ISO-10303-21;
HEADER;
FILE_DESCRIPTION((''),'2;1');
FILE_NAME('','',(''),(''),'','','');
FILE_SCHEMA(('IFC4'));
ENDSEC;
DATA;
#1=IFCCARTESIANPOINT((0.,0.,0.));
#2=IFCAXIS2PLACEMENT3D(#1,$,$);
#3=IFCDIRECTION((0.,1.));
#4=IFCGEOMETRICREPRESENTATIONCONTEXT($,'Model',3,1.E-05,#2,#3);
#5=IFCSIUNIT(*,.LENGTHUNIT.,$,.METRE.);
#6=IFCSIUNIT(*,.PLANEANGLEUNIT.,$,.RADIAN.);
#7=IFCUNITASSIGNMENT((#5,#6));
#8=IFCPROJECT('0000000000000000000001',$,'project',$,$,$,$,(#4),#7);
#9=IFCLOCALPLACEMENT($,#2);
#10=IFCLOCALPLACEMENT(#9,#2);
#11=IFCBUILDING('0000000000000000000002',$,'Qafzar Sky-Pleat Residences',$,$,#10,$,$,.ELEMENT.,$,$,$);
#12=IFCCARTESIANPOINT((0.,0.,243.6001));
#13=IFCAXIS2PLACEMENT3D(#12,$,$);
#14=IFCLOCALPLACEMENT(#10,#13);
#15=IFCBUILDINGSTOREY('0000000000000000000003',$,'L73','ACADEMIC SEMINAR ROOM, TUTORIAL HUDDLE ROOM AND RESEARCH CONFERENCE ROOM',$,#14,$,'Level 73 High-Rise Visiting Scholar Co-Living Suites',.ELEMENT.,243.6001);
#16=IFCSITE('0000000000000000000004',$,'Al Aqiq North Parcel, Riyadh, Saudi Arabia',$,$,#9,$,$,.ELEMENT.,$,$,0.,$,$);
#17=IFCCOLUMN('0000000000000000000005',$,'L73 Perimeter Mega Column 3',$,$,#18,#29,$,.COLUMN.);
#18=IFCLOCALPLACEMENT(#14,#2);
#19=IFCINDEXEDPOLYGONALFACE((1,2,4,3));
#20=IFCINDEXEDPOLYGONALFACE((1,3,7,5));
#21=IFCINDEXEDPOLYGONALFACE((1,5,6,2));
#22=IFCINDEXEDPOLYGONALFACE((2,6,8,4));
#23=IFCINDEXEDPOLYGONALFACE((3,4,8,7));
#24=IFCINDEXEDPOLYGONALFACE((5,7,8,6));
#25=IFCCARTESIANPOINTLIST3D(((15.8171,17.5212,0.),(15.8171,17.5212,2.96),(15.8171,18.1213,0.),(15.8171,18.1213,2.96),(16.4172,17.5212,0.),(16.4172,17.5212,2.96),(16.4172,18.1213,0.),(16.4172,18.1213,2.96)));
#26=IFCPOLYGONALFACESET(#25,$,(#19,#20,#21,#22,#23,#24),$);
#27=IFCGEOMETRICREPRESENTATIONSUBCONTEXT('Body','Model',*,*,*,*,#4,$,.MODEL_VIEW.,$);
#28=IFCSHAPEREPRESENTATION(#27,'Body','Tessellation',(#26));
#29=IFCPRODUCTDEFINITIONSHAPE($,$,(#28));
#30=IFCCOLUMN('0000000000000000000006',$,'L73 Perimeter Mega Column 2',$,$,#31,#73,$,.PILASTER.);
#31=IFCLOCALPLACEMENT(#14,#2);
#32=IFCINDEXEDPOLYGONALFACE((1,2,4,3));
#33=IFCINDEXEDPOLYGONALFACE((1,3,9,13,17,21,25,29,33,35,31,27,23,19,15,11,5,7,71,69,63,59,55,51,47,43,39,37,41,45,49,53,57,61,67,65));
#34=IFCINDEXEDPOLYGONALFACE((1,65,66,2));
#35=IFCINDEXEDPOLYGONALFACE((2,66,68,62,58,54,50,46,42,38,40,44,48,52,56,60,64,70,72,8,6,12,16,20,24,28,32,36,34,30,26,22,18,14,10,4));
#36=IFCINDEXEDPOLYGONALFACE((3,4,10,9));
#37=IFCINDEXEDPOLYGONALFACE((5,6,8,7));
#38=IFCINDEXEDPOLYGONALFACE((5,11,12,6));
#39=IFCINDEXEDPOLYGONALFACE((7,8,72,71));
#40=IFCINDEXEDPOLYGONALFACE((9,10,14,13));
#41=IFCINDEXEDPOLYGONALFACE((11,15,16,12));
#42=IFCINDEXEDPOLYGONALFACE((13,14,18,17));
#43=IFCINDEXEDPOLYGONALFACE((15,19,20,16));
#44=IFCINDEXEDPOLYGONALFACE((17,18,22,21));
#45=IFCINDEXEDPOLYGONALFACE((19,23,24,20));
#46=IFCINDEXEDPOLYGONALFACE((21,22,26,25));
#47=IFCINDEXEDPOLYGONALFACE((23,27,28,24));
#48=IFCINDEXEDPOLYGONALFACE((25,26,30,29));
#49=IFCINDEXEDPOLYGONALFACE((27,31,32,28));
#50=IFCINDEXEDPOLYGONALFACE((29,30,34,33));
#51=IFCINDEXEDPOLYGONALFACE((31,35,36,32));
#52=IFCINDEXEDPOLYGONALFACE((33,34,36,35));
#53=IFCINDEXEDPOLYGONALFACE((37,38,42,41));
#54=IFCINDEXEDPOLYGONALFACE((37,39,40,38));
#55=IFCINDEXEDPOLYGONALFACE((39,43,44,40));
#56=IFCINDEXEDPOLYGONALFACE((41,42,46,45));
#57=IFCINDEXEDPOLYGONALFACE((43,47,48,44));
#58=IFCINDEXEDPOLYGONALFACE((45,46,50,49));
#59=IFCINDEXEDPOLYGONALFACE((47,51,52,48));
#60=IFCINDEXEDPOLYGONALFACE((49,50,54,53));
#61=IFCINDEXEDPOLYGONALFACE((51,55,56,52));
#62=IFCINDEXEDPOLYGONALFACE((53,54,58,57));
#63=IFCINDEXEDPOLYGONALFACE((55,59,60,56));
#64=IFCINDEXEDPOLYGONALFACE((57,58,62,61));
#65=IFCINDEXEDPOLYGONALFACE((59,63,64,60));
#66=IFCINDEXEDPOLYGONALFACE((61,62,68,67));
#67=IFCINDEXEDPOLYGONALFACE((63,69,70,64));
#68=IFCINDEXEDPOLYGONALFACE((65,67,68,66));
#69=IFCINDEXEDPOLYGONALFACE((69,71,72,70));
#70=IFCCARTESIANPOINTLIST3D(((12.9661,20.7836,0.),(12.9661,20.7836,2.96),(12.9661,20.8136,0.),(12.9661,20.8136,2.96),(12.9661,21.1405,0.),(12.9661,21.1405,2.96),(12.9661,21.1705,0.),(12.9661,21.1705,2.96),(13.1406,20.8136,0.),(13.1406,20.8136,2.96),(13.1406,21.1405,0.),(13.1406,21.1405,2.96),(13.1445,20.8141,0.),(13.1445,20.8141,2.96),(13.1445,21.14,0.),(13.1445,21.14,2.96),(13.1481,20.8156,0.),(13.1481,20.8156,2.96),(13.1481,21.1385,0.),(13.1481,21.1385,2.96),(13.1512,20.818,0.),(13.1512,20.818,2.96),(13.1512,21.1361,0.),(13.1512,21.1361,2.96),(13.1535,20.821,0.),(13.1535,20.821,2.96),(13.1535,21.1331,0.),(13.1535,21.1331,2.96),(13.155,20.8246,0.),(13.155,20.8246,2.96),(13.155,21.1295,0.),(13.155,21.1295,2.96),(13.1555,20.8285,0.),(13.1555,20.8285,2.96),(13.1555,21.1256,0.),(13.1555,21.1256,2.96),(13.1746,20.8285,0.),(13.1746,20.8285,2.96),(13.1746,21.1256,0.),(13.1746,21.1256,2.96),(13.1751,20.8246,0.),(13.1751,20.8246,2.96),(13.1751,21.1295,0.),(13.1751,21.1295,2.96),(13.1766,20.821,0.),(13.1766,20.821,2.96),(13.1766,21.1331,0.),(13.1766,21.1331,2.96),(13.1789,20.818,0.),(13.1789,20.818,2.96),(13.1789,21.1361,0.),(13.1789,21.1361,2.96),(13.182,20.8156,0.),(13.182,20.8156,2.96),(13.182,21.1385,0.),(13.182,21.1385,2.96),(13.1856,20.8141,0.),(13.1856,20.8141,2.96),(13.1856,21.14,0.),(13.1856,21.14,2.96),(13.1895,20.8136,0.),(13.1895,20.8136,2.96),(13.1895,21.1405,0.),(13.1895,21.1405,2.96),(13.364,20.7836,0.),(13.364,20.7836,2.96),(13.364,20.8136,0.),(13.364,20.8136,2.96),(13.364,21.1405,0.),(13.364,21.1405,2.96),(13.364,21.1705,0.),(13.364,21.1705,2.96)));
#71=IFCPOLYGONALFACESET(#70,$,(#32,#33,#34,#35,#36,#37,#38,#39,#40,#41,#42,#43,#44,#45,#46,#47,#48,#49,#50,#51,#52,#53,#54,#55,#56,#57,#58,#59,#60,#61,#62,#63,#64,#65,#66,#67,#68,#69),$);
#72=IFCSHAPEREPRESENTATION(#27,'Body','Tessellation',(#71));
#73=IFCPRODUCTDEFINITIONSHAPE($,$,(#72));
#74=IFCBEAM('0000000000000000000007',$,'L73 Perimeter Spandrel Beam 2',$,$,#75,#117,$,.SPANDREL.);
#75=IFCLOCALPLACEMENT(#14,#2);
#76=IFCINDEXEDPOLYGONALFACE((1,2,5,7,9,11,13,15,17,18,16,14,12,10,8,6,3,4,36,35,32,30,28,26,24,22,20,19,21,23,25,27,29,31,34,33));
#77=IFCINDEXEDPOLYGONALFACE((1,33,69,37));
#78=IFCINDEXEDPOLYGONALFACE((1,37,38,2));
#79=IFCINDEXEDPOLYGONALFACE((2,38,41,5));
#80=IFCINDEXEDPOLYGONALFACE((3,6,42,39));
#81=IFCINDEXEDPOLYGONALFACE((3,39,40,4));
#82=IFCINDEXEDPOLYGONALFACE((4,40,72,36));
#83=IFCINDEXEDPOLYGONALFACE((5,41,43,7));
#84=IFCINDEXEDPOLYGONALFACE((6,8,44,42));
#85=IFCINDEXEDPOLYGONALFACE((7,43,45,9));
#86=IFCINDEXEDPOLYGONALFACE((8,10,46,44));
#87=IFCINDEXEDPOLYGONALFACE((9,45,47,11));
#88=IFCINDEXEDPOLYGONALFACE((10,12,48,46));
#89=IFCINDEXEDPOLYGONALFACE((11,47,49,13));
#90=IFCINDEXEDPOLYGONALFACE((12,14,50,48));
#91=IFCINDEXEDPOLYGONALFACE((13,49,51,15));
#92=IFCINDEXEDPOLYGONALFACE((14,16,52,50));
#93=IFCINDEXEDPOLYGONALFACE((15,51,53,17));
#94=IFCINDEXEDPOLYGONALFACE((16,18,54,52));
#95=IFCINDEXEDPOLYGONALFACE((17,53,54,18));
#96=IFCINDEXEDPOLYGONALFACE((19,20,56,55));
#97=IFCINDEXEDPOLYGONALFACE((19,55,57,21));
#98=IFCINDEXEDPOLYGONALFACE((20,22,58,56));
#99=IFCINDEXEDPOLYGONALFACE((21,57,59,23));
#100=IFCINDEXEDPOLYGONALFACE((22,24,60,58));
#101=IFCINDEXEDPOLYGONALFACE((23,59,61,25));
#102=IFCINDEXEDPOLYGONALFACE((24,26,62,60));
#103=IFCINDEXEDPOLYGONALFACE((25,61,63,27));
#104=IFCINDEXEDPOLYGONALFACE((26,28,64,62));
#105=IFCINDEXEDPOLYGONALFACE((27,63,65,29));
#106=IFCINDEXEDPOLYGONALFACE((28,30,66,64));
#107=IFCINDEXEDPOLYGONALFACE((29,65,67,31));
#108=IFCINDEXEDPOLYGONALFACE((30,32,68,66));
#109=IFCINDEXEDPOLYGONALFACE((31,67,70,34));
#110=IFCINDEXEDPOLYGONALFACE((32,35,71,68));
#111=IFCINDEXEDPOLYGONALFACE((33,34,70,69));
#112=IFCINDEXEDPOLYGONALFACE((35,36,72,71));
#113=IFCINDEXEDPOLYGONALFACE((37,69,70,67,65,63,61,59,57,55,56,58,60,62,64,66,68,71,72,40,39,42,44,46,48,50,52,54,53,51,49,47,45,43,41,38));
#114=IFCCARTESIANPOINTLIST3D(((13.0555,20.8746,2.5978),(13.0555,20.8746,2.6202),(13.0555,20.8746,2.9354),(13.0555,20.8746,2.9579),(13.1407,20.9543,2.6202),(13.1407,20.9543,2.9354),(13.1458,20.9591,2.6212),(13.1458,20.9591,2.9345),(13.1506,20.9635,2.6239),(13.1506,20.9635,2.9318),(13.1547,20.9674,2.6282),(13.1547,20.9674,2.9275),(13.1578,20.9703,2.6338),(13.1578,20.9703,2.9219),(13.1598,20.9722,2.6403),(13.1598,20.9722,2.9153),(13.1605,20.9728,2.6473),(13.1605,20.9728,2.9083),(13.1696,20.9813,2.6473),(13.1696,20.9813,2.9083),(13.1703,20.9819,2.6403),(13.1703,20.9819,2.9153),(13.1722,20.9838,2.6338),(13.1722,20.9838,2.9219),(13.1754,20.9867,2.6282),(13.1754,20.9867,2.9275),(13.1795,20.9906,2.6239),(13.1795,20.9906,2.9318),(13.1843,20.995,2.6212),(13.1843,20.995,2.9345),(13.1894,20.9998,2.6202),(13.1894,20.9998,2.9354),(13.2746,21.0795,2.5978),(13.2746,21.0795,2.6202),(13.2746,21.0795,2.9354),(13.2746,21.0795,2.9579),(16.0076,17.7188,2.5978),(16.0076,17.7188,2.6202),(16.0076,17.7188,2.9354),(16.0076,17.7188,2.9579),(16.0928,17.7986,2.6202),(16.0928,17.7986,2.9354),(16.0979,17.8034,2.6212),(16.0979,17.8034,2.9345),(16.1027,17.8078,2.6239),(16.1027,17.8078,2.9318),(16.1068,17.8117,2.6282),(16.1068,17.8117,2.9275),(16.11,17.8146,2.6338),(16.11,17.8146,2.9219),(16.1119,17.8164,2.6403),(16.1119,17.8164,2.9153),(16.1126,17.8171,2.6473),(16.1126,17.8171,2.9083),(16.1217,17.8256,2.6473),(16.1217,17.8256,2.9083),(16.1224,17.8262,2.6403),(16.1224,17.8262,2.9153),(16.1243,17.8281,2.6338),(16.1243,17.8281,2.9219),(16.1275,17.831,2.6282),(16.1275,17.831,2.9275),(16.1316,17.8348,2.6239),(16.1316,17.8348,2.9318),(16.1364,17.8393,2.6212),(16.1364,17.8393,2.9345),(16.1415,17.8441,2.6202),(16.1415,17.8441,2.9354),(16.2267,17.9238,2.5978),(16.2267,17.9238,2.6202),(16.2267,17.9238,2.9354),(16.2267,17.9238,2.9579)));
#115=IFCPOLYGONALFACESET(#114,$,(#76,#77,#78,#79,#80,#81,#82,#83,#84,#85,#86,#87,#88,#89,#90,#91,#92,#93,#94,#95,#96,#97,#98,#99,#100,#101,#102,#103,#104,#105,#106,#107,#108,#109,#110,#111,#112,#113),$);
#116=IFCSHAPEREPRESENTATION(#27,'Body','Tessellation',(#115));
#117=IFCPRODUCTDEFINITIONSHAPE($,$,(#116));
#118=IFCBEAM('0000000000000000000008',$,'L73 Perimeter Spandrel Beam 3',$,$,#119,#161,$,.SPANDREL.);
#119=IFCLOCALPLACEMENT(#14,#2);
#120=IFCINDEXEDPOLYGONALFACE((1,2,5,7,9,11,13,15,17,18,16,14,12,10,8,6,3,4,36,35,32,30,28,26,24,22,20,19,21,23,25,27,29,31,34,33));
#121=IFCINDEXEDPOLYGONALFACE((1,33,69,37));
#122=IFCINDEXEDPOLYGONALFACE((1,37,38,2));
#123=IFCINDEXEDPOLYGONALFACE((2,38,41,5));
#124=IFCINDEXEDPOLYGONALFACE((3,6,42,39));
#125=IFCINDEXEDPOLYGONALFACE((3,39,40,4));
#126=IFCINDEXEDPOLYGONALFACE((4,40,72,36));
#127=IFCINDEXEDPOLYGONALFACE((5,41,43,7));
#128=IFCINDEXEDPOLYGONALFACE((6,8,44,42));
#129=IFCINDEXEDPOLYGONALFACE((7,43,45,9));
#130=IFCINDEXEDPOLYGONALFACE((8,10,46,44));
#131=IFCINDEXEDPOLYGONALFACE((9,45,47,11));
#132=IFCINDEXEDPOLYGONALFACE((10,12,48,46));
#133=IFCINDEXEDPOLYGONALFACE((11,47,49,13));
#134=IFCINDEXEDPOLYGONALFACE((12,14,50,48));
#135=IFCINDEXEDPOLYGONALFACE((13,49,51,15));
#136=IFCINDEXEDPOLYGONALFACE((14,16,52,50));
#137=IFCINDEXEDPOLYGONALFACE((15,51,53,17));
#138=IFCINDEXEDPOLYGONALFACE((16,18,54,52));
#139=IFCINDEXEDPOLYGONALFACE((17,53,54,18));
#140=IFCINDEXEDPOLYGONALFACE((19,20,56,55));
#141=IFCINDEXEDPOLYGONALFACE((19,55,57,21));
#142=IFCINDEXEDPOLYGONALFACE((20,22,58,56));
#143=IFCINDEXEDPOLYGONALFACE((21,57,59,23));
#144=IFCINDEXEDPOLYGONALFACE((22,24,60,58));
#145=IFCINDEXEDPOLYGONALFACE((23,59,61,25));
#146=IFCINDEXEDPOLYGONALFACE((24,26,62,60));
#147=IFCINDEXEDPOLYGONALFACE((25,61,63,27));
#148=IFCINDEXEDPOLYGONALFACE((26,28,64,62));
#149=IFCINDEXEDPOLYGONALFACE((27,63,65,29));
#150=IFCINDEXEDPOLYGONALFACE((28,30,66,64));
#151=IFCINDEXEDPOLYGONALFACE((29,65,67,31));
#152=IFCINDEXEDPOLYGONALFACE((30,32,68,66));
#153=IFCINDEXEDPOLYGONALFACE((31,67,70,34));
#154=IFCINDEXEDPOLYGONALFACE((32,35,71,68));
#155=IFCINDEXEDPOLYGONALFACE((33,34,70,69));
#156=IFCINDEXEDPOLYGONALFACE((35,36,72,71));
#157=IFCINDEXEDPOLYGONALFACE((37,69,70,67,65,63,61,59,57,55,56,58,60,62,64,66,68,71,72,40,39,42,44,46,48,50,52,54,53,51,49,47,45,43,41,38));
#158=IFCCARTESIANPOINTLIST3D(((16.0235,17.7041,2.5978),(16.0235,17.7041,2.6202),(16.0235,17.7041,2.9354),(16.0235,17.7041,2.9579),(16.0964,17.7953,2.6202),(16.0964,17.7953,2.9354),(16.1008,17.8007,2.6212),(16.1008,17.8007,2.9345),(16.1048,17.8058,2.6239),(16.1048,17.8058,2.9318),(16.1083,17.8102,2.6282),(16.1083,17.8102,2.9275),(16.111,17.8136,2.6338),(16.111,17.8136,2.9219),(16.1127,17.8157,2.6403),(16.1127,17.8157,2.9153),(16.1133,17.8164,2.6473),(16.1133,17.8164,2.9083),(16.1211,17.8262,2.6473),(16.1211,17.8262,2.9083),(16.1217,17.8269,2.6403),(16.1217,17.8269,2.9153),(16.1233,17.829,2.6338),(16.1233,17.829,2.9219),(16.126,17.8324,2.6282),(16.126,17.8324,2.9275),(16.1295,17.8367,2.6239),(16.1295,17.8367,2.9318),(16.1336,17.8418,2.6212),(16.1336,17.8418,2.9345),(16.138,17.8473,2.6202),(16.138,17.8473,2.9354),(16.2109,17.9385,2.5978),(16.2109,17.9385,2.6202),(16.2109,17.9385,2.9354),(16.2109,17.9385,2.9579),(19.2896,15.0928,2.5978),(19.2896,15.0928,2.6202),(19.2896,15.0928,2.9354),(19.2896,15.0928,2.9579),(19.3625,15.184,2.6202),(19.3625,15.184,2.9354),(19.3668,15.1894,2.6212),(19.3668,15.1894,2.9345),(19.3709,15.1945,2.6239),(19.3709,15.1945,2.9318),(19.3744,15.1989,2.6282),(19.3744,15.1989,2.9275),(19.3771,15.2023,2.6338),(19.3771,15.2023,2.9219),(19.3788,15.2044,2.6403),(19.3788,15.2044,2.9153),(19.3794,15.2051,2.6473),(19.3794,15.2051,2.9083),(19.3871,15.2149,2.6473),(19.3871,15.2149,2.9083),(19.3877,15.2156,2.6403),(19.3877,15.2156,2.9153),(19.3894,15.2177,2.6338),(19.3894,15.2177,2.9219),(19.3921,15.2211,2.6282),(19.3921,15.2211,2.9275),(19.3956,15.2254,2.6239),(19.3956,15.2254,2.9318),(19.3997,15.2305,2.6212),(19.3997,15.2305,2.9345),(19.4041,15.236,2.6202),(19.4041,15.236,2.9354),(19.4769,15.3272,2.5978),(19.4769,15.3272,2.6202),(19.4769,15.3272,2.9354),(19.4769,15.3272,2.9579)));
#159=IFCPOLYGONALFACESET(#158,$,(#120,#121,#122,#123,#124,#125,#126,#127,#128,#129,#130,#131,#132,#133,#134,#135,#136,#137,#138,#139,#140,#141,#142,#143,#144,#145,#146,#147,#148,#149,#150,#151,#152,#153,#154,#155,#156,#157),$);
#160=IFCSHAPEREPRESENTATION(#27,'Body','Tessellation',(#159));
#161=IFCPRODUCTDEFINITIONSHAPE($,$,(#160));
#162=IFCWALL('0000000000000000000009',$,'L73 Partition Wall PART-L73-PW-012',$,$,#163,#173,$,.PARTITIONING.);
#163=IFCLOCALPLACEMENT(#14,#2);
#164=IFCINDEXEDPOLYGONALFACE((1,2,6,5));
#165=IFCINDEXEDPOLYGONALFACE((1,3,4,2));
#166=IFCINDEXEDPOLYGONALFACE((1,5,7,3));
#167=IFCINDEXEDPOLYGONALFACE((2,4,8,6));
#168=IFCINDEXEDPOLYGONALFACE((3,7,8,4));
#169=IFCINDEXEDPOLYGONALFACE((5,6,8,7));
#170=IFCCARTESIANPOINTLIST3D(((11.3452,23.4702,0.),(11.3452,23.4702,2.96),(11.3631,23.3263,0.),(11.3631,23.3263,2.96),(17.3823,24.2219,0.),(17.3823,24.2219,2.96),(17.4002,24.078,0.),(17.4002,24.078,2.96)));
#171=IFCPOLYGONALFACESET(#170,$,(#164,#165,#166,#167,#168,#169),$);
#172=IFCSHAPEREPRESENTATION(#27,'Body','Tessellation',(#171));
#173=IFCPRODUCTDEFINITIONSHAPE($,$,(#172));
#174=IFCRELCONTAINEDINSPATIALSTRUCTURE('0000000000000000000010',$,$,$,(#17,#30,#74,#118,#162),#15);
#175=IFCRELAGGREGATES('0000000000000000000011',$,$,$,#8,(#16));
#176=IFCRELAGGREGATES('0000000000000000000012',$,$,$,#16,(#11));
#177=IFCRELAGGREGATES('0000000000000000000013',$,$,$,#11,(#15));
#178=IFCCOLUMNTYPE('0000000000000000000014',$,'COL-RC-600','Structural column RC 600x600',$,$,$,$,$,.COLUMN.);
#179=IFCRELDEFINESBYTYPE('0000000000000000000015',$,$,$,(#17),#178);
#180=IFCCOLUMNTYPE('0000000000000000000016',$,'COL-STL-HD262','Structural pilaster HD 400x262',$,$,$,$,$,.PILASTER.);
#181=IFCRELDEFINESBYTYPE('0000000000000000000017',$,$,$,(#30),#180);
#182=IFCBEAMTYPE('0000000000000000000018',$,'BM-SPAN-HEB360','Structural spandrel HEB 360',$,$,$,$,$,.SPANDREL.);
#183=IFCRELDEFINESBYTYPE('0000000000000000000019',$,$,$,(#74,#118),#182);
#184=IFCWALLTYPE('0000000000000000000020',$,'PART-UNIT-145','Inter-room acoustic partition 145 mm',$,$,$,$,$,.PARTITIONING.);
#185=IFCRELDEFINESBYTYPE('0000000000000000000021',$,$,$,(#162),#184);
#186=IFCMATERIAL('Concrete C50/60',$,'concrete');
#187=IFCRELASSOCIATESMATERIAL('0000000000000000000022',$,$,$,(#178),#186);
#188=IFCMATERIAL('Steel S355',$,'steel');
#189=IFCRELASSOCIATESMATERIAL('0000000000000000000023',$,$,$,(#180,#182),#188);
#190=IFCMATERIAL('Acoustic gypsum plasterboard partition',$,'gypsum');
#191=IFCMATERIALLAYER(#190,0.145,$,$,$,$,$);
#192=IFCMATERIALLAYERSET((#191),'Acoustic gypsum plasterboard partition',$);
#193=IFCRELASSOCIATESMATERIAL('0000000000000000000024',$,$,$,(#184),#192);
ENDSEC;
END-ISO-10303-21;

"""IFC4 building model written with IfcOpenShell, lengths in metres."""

from ifc_helpers import new_model, si_unit, direction, frame, frame_2d, origin, origin_2d, place, context, subcontext, project, spatial, rectangle, i_section, extrude, source, transform, mapped, material, layer, layer_set, material_profile, profile_set, type_object, element, save


model = new_model("IFC4")

# Units and contexts
model_context = context("Model", 3, precision=1e-05, world=origin(), true_north=direction((0.0, 1.0)))
body_context = subcontext(model_context, "Body", "Model", "MODEL_VIEW")
ifc_project = project(units=[si_unit("LENGTHUNIT", "METRE"), si_unit("PLANEANGLEUNIT", "RADIAN")], contexts=[model_context])

# Site, building, storey
site_placement = place(None, origin())
site = spatial("IfcSite", under=ifc_project, at=site_placement, Name="Al Aqiq North Parcel, Riyadh, Saudi Arabia", CompositionType="ELEMENT", RefElevation=0.0)
building_placement = place(site_placement, origin())
building = spatial("IfcBuilding", under=site, at=building_placement, Name="Qafzar Sky-Pleat Residences", CompositionType="ELEMENT")
storey_placement = place(building_placement, frame((0.0, 0.0, 243.6001)))
storey = spatial("IfcBuildingStorey", under=building, at=storey_placement, Name="L73", Description="ACADEMIC SEMINAR ROOM, TUTORIAL HUDDLE ROOM AND RESEARCH CONFERENCE ROOM", LongName="Level 73 High-Rise Visiting Scholar Co-Living Suites", CompositionType="ELEMENT", Elevation=243.6001)

# Columns
ifc_material_1 = material(Name="Concrete C50/60", Category="concrete")
ifc_material_profile_1 = material_profile(ifc_material_1, rectangle(XDim=0.6001, YDim=0.6001, at=origin_2d()), Name="RC 600x600")
ifc_profile_set_1 = profile_set([ifc_material_profile_1], Name="Concrete C50/60")
column_type_1 = type_object("IfcColumnType", Name="COL-RC-600", Description="Structural column RC 600x600", PredefinedType="COLUMN", material=ifc_profile_set_1)
shared_shape_1 = source(origin(), body_context, "Body", "SweptSolid", [
    extrude(rectangle(XDim=0.6001, YDim=0.6001, at=origin_2d()), origin(), (0.0, 0.0, 1.0), 2.96),
])
column_1_placement = place(storey_placement, frame((16.1172, 17.8213, 0.0), z_axis=(0.0, 0.0, 1.0), x_axis=(1.0, 0.0, 0.0)))
element("IfcColumn", 1, at=column_1_placement, inside=storey, type_object=column_type_1, Name="L73 Perimeter Mega Column 3", PredefinedType="COLUMN", context=body_context, shape_type="MappedRepresentation", body=[
    mapped(shared_shape_1, transform((0.0, 0.0, 0.0), x_axis=(1.0, 0.0, 0.0), y_axis=(0.0, 1.0, 0.0), z_axis=(0.0, 0.0, 1.0), scale=1.0)),
])
ifc_material_2 = material(Name="Steel S355", Category="steel")
ifc_material_profile_2 = material_profile(ifc_material_2, i_section(OverallWidth=0.3979, OverallDepth=0.387, WebThickness=0.019, FlangeThickness=0.03, FilletRadius=0.0149, at=origin_2d()), Name="HD 400x262")
ifc_profile_set_2 = profile_set([ifc_material_profile_2], Name="Steel S355")
column_type_2 = type_object("IfcColumnType", Name="COL-STL-HD262", Description="Structural pilaster HD 400x262", PredefinedType="PILASTER", material=ifc_profile_set_2)
shared_shape_2 = source(origin(), body_context, "Body", "SweptSolid", [
    extrude(i_section(OverallWidth=0.3979, OverallDepth=0.387, WebThickness=0.019, FlangeThickness=0.03, FilletRadius=0.0149, at=origin_2d()), origin(), (0.0, 0.0, 1.0), 2.96),
])
column_2_placement = place(storey_placement, frame((13.165, 20.9771, 0.0), z_axis=(0.0, 0.0, 1.0), x_axis=(1.0, 0.0, 0.0)))
element("IfcColumn", 2, at=column_2_placement, inside=storey, type_object=column_type_2, Name="L73 Perimeter Mega Column 2", PredefinedType="PILASTER", context=body_context, shape_type="MappedRepresentation", body=[
    mapped(shared_shape_2, transform((0.0, 0.0, 0.0), x_axis=(1.0, 0.0, 0.0), y_axis=(0.0, 1.0, 0.0), z_axis=(0.0, 0.0, 1.0), scale=1.0)),
])

# Beams
ifc_material_profile_3 = material_profile(ifc_material_2, i_section(OverallWidth=0.3, OverallDepth=0.3601, WebThickness=0.0125, FlangeThickness=0.0225, FilletRadius=0.0271, at=origin_2d()), Name="HEB 360")
ifc_profile_set_3 = profile_set([ifc_material_profile_3], Name="Steel S355")
beam_type = type_object("IfcBeamType", Name="BM-SPAN-HEB360", Description="Structural spandrel HEB 360", PredefinedType="SPANDREL", material=ifc_profile_set_3)
shared_shape_3 = source(origin(), body_context, "Body", "SweptSolid", [
    extrude(i_section(OverallWidth=0.3, OverallDepth=0.3601, WebThickness=0.0125, FlangeThickness=0.0225, FilletRadius=0.0271, at=origin_2d()), origin(), (0.0, 0.0, 1.0), 4.3213),
])
beam_1_placement = place(storey_placement, frame((13.165, 20.9771, 2.7778), z_axis=(0.683155, -0.730273, 0.0), x_axis=(0.730273, 0.683155, 0.0)))
element("IfcBeam", 3, at=beam_1_placement, inside=storey, type_object=beam_type, Name="L73 Perimeter Spandrel Beam 2", PredefinedType="SPANDREL", context=body_context, shape_type="MappedRepresentation", body=[
    mapped(shared_shape_3, transform((0.0, 0.0, 0.0), x_axis=(1.0, 0.0, 0.0), y_axis=(0.0, 1.0, 0.0), z_axis=(0.0, 0.0, 1.0), scale=1.0)),
])
shared_shape_4 = source(origin(), body_context, "Body", "SweptSolid", [
    extrude(i_section(OverallWidth=0.3, OverallDepth=0.3601, WebThickness=0.0125, FlangeThickness=0.0225, FilletRadius=0.0271, at=origin_2d()), origin(), (0.0, 0.0, 1.0), 4.1816),
])
beam_2_placement = place(storey_placement, frame((16.1172, 17.8213, 2.7778), z_axis=(0.781051, -0.624467, 0.0), x_axis=(0.624467, 0.781051, 0.0)))
element("IfcBeam", 4, at=beam_2_placement, inside=storey, type_object=beam_type, Name="L73 Perimeter Spandrel Beam 3", PredefinedType="SPANDREL", context=body_context, shape_type="MappedRepresentation", body=[
    mapped(shared_shape_4, transform((0.0, 0.0, 0.0), x_axis=(1.0, 0.0, 0.0), y_axis=(0.0, 1.0, 0.0), z_axis=(0.0, 0.0, 1.0), scale=1.0)),
])

# Wall
ifc_material_3 = material(Name="Acoustic gypsum plasterboard partition", Category="gypsum")
ifc_layer_1 = layer(ifc_material_3, 0.145)
ifc_layer_set_1 = layer_set([ifc_layer_1], Name="Acoustic gypsum plasterboard partition")
wall_type_1 = type_object("IfcWallType", Name="PART-UNIT-145", Description="Inter-room acoustic partition 145 mm", PredefinedType="PARTITIONING", material=ifc_layer_set_1)
wall_1_placement = place(storey_placement, frame((11.354, 23.3982, 0.0), z_axis=(0.0, 0.0, 1.0), x_axis=(0.992337, 0.123561, 0.0)))
element("IfcWall", 5, at=wall_1_placement, inside=storey, type_object=wall_type_1, Name="L73 Partition Wall PART-L73-PW-012", PredefinedType="PARTITIONING", context=body_context, shape_type="SweptSolid", body=[
    extrude(rectangle(XDim=6.0837, YDim=0.145, at=frame_2d((3.042, 0.0))), origin(), (0.0, 0.0, 1.0), 2.96),
])

save(model, "model.ifc")
